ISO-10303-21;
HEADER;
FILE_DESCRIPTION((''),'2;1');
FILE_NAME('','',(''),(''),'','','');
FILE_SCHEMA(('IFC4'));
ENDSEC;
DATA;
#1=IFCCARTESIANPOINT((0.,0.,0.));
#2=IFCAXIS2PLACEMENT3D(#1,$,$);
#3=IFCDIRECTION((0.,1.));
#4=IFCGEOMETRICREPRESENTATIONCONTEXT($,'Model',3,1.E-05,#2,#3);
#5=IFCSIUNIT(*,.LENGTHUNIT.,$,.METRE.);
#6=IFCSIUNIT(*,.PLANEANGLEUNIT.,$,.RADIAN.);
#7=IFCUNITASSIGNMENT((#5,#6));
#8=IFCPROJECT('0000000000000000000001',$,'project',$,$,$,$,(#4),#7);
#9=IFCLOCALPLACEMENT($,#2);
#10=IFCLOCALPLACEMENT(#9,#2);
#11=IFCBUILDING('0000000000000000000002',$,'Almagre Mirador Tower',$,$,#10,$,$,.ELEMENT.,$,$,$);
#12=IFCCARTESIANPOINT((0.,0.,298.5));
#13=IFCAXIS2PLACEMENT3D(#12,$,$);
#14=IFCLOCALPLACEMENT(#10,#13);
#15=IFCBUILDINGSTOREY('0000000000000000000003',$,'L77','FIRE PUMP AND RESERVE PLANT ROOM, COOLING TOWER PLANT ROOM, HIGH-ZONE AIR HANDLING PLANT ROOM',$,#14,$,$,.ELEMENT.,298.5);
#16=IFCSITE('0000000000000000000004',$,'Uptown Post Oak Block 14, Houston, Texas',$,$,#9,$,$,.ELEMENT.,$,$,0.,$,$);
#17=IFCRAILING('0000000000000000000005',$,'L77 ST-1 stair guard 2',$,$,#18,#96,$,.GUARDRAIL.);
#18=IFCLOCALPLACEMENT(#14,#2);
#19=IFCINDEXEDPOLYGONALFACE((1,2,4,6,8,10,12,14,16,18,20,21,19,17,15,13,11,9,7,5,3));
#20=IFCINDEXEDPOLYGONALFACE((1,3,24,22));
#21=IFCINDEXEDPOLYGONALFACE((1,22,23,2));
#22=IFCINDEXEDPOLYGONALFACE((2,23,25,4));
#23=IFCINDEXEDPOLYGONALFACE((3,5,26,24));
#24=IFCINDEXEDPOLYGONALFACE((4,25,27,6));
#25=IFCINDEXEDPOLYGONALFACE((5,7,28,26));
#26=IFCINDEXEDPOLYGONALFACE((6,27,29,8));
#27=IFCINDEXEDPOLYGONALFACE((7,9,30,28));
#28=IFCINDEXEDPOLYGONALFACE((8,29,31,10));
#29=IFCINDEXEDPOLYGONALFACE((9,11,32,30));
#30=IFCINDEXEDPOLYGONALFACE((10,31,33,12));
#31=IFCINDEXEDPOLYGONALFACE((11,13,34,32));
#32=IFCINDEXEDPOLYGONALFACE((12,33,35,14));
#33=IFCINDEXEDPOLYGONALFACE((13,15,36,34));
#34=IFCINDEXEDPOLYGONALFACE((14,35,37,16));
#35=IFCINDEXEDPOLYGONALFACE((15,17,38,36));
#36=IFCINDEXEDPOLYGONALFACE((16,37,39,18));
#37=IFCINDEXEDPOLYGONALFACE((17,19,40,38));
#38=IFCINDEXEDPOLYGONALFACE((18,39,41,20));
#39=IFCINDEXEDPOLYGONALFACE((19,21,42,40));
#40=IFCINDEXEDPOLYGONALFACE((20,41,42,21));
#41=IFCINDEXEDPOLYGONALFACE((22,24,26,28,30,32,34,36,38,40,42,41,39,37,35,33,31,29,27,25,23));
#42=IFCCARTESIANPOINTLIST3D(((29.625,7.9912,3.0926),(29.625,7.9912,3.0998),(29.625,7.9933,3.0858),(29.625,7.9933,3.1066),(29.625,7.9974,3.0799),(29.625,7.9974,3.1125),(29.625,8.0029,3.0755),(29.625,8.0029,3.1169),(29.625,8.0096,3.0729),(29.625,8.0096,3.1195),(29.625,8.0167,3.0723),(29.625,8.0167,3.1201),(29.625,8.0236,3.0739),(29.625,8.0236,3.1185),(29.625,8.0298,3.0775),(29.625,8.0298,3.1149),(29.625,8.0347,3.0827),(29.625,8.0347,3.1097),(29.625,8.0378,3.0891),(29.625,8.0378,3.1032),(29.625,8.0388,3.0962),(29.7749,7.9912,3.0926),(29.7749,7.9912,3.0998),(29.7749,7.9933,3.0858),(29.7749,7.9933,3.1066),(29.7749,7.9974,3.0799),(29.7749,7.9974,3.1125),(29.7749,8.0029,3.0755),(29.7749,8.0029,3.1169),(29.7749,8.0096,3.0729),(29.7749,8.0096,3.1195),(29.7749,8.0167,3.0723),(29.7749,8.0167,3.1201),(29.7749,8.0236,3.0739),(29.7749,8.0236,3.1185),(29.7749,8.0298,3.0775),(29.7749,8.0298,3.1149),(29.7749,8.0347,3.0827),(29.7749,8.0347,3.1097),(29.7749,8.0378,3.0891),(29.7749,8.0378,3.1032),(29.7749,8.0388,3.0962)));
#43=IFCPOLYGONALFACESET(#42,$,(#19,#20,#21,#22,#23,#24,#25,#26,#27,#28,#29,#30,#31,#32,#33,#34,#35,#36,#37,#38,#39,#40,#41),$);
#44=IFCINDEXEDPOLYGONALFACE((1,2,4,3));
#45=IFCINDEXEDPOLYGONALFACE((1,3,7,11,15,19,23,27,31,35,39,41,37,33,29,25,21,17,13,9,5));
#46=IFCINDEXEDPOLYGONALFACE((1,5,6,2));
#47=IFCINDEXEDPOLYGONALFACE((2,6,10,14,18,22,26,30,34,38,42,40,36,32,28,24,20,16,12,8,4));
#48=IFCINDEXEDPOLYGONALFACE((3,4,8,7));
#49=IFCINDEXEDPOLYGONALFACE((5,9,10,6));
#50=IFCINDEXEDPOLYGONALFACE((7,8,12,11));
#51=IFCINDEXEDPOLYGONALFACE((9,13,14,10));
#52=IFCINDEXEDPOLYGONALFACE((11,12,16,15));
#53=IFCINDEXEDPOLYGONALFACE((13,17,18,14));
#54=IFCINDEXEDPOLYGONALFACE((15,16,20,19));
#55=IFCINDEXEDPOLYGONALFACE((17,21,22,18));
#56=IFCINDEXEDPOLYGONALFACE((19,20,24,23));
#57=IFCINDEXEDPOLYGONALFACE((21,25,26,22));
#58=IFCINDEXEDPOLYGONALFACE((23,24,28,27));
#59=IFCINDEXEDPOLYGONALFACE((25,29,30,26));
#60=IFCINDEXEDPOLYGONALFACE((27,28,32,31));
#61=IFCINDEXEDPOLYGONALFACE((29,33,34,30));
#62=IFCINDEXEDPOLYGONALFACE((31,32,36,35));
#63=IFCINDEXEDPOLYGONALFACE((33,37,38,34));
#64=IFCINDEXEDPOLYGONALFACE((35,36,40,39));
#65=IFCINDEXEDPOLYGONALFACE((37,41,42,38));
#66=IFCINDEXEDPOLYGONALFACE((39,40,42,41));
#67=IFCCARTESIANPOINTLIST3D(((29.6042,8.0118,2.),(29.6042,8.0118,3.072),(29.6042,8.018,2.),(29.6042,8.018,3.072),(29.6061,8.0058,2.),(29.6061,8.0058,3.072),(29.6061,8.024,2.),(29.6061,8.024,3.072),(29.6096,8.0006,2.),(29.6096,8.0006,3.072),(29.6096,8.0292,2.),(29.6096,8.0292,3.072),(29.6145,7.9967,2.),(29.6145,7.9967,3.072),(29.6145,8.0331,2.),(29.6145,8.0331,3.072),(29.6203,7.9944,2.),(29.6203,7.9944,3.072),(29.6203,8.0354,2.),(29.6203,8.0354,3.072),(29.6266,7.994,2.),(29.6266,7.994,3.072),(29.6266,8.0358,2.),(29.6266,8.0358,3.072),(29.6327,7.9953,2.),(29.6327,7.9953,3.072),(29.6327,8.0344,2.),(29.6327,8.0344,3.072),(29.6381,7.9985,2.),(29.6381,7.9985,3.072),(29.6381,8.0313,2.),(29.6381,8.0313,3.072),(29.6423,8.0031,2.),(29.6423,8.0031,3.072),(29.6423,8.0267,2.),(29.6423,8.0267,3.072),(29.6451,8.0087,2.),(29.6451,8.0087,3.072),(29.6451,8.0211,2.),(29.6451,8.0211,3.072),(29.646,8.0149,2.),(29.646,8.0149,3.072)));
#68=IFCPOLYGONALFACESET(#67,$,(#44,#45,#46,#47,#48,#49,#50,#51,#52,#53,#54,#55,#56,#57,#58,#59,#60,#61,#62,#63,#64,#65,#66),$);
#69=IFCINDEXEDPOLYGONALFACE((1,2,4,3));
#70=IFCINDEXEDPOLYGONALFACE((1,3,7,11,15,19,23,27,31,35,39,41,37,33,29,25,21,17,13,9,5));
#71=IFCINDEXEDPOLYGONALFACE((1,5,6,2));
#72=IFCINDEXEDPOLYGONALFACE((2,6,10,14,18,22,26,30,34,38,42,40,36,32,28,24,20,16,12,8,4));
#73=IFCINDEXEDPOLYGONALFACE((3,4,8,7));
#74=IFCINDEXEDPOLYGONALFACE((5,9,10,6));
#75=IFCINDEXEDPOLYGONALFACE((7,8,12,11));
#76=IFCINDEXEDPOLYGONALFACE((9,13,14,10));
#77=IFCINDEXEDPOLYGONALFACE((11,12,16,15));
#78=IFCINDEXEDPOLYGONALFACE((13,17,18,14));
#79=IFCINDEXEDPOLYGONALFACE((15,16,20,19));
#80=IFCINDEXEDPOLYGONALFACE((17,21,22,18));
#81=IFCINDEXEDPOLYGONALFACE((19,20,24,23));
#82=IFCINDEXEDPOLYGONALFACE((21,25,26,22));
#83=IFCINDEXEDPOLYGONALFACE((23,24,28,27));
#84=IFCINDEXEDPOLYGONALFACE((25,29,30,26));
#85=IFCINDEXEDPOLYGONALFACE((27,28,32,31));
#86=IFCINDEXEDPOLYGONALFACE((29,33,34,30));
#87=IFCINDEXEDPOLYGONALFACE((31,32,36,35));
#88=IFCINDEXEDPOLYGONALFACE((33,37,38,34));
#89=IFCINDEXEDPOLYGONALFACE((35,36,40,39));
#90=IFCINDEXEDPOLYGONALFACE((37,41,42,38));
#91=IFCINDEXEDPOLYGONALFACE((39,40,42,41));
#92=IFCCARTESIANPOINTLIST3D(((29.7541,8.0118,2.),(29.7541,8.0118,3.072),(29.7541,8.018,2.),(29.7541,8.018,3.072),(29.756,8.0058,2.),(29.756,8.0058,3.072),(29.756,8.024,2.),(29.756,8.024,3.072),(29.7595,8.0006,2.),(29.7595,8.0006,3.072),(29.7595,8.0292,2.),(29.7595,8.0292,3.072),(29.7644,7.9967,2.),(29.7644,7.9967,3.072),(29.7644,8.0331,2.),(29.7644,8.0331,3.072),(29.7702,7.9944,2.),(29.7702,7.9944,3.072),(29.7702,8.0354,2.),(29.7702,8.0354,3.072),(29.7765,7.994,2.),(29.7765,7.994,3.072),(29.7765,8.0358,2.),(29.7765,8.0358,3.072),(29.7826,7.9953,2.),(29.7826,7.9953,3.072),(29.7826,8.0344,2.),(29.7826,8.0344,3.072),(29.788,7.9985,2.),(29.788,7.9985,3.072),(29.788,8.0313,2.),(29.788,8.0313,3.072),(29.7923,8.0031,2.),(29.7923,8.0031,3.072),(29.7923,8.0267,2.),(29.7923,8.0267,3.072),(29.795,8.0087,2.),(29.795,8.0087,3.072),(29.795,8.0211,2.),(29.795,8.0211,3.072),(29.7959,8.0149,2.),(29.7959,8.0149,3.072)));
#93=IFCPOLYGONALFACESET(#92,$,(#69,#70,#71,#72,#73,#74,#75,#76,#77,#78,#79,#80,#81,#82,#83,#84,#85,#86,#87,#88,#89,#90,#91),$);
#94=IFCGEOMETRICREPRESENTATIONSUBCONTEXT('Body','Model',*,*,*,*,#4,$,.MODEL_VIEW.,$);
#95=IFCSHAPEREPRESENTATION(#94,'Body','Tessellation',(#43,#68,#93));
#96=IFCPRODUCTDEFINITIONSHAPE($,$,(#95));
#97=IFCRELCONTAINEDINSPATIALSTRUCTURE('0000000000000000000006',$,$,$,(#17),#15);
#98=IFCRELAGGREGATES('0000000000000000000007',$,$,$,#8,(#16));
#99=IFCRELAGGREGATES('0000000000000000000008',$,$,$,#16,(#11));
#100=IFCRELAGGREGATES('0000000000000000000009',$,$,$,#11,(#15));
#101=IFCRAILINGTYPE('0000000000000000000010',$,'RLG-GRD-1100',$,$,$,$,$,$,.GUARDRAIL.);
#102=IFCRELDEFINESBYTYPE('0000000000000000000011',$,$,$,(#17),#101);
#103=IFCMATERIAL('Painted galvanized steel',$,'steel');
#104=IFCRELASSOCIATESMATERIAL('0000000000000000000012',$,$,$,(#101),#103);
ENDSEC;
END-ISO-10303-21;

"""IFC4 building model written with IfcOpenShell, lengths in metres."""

from ifc_helpers import new_model, si_unit, direction, frame, origin, origin_2d, place, context, subcontext, project, spatial, circle, extrude, material, type_object, element, save


model = new_model("IFC4")

# Units and contexts
model_context = context("Model", 3, precision=1e-05, world=origin(), true_north=direction((0.0, 1.0)))
body_context = subcontext(model_context, "Body", "Model", "MODEL_VIEW")
ifc_project = project(units=[si_unit("LENGTHUNIT", "METRE"), si_unit("PLANEANGLEUNIT", "RADIAN")], contexts=[model_context])

# Site, building, storey
site_placement = place(None, origin())
site = spatial("IfcSite", under=ifc_project, at=site_placement, Name="Uptown Post Oak Block 14, Houston, Texas", CompositionType="ELEMENT", RefElevation=0.0)
building_placement = place(site_placement, origin())
building = spatial("IfcBuilding", under=site, at=building_placement, Name="Almagre Mirador Tower", CompositionType="ELEMENT")
storey_placement = place(building_placement, frame((0.0, 0.0, 298.5)))
storey = spatial("IfcBuildingStorey", under=building, at=storey_placement, Name="L77", Description="FIRE PUMP AND RESERVE PLANT ROOM, COOLING TOWER PLANT ROOM, HIGH-ZONE AIR HANDLING PLANT ROOM", CompositionType="ELEMENT", Elevation=298.5)

# Railing
ifc_material_1 = material(Name="Painted galvanized steel", Category="steel")
railing_type_1 = type_object("IfcRailingType", Name="RLG-GRD-1100", PredefinedType="GUARDRAIL", material=ifc_material_1)
railing_1_placement = place(storey_placement, frame((29.625, 8.0149, 2.0)))
element("IfcRailing", 1, at=railing_1_placement, inside=storey, type_object=railing_type_1, Name="L77 ST-1 stair guard 2", PredefinedType="GUARDRAIL", context=body_context, shape_type="SweptSolid", body=[
    extrude(circle(Radius=0.0239, at=origin_2d()), frame((0.0, 0.0, 1.0962), z_axis=(1.0, 0.0, 0.0), x_axis=(0.0, 1.0, 0.0)), (0.0, 0.0, 1.0), 0.1499),
    extrude(circle(Radius=0.021, at=origin_2d()), origin(), (0.0, 0.0, 1.0), 1.072),
    extrude(circle(Radius=0.021, at=origin_2d()), frame((0.1499, 0.0, 0.0)), (0.0, 0.0, 1.0), 1.072),
])

save(model, "model.ifc")
